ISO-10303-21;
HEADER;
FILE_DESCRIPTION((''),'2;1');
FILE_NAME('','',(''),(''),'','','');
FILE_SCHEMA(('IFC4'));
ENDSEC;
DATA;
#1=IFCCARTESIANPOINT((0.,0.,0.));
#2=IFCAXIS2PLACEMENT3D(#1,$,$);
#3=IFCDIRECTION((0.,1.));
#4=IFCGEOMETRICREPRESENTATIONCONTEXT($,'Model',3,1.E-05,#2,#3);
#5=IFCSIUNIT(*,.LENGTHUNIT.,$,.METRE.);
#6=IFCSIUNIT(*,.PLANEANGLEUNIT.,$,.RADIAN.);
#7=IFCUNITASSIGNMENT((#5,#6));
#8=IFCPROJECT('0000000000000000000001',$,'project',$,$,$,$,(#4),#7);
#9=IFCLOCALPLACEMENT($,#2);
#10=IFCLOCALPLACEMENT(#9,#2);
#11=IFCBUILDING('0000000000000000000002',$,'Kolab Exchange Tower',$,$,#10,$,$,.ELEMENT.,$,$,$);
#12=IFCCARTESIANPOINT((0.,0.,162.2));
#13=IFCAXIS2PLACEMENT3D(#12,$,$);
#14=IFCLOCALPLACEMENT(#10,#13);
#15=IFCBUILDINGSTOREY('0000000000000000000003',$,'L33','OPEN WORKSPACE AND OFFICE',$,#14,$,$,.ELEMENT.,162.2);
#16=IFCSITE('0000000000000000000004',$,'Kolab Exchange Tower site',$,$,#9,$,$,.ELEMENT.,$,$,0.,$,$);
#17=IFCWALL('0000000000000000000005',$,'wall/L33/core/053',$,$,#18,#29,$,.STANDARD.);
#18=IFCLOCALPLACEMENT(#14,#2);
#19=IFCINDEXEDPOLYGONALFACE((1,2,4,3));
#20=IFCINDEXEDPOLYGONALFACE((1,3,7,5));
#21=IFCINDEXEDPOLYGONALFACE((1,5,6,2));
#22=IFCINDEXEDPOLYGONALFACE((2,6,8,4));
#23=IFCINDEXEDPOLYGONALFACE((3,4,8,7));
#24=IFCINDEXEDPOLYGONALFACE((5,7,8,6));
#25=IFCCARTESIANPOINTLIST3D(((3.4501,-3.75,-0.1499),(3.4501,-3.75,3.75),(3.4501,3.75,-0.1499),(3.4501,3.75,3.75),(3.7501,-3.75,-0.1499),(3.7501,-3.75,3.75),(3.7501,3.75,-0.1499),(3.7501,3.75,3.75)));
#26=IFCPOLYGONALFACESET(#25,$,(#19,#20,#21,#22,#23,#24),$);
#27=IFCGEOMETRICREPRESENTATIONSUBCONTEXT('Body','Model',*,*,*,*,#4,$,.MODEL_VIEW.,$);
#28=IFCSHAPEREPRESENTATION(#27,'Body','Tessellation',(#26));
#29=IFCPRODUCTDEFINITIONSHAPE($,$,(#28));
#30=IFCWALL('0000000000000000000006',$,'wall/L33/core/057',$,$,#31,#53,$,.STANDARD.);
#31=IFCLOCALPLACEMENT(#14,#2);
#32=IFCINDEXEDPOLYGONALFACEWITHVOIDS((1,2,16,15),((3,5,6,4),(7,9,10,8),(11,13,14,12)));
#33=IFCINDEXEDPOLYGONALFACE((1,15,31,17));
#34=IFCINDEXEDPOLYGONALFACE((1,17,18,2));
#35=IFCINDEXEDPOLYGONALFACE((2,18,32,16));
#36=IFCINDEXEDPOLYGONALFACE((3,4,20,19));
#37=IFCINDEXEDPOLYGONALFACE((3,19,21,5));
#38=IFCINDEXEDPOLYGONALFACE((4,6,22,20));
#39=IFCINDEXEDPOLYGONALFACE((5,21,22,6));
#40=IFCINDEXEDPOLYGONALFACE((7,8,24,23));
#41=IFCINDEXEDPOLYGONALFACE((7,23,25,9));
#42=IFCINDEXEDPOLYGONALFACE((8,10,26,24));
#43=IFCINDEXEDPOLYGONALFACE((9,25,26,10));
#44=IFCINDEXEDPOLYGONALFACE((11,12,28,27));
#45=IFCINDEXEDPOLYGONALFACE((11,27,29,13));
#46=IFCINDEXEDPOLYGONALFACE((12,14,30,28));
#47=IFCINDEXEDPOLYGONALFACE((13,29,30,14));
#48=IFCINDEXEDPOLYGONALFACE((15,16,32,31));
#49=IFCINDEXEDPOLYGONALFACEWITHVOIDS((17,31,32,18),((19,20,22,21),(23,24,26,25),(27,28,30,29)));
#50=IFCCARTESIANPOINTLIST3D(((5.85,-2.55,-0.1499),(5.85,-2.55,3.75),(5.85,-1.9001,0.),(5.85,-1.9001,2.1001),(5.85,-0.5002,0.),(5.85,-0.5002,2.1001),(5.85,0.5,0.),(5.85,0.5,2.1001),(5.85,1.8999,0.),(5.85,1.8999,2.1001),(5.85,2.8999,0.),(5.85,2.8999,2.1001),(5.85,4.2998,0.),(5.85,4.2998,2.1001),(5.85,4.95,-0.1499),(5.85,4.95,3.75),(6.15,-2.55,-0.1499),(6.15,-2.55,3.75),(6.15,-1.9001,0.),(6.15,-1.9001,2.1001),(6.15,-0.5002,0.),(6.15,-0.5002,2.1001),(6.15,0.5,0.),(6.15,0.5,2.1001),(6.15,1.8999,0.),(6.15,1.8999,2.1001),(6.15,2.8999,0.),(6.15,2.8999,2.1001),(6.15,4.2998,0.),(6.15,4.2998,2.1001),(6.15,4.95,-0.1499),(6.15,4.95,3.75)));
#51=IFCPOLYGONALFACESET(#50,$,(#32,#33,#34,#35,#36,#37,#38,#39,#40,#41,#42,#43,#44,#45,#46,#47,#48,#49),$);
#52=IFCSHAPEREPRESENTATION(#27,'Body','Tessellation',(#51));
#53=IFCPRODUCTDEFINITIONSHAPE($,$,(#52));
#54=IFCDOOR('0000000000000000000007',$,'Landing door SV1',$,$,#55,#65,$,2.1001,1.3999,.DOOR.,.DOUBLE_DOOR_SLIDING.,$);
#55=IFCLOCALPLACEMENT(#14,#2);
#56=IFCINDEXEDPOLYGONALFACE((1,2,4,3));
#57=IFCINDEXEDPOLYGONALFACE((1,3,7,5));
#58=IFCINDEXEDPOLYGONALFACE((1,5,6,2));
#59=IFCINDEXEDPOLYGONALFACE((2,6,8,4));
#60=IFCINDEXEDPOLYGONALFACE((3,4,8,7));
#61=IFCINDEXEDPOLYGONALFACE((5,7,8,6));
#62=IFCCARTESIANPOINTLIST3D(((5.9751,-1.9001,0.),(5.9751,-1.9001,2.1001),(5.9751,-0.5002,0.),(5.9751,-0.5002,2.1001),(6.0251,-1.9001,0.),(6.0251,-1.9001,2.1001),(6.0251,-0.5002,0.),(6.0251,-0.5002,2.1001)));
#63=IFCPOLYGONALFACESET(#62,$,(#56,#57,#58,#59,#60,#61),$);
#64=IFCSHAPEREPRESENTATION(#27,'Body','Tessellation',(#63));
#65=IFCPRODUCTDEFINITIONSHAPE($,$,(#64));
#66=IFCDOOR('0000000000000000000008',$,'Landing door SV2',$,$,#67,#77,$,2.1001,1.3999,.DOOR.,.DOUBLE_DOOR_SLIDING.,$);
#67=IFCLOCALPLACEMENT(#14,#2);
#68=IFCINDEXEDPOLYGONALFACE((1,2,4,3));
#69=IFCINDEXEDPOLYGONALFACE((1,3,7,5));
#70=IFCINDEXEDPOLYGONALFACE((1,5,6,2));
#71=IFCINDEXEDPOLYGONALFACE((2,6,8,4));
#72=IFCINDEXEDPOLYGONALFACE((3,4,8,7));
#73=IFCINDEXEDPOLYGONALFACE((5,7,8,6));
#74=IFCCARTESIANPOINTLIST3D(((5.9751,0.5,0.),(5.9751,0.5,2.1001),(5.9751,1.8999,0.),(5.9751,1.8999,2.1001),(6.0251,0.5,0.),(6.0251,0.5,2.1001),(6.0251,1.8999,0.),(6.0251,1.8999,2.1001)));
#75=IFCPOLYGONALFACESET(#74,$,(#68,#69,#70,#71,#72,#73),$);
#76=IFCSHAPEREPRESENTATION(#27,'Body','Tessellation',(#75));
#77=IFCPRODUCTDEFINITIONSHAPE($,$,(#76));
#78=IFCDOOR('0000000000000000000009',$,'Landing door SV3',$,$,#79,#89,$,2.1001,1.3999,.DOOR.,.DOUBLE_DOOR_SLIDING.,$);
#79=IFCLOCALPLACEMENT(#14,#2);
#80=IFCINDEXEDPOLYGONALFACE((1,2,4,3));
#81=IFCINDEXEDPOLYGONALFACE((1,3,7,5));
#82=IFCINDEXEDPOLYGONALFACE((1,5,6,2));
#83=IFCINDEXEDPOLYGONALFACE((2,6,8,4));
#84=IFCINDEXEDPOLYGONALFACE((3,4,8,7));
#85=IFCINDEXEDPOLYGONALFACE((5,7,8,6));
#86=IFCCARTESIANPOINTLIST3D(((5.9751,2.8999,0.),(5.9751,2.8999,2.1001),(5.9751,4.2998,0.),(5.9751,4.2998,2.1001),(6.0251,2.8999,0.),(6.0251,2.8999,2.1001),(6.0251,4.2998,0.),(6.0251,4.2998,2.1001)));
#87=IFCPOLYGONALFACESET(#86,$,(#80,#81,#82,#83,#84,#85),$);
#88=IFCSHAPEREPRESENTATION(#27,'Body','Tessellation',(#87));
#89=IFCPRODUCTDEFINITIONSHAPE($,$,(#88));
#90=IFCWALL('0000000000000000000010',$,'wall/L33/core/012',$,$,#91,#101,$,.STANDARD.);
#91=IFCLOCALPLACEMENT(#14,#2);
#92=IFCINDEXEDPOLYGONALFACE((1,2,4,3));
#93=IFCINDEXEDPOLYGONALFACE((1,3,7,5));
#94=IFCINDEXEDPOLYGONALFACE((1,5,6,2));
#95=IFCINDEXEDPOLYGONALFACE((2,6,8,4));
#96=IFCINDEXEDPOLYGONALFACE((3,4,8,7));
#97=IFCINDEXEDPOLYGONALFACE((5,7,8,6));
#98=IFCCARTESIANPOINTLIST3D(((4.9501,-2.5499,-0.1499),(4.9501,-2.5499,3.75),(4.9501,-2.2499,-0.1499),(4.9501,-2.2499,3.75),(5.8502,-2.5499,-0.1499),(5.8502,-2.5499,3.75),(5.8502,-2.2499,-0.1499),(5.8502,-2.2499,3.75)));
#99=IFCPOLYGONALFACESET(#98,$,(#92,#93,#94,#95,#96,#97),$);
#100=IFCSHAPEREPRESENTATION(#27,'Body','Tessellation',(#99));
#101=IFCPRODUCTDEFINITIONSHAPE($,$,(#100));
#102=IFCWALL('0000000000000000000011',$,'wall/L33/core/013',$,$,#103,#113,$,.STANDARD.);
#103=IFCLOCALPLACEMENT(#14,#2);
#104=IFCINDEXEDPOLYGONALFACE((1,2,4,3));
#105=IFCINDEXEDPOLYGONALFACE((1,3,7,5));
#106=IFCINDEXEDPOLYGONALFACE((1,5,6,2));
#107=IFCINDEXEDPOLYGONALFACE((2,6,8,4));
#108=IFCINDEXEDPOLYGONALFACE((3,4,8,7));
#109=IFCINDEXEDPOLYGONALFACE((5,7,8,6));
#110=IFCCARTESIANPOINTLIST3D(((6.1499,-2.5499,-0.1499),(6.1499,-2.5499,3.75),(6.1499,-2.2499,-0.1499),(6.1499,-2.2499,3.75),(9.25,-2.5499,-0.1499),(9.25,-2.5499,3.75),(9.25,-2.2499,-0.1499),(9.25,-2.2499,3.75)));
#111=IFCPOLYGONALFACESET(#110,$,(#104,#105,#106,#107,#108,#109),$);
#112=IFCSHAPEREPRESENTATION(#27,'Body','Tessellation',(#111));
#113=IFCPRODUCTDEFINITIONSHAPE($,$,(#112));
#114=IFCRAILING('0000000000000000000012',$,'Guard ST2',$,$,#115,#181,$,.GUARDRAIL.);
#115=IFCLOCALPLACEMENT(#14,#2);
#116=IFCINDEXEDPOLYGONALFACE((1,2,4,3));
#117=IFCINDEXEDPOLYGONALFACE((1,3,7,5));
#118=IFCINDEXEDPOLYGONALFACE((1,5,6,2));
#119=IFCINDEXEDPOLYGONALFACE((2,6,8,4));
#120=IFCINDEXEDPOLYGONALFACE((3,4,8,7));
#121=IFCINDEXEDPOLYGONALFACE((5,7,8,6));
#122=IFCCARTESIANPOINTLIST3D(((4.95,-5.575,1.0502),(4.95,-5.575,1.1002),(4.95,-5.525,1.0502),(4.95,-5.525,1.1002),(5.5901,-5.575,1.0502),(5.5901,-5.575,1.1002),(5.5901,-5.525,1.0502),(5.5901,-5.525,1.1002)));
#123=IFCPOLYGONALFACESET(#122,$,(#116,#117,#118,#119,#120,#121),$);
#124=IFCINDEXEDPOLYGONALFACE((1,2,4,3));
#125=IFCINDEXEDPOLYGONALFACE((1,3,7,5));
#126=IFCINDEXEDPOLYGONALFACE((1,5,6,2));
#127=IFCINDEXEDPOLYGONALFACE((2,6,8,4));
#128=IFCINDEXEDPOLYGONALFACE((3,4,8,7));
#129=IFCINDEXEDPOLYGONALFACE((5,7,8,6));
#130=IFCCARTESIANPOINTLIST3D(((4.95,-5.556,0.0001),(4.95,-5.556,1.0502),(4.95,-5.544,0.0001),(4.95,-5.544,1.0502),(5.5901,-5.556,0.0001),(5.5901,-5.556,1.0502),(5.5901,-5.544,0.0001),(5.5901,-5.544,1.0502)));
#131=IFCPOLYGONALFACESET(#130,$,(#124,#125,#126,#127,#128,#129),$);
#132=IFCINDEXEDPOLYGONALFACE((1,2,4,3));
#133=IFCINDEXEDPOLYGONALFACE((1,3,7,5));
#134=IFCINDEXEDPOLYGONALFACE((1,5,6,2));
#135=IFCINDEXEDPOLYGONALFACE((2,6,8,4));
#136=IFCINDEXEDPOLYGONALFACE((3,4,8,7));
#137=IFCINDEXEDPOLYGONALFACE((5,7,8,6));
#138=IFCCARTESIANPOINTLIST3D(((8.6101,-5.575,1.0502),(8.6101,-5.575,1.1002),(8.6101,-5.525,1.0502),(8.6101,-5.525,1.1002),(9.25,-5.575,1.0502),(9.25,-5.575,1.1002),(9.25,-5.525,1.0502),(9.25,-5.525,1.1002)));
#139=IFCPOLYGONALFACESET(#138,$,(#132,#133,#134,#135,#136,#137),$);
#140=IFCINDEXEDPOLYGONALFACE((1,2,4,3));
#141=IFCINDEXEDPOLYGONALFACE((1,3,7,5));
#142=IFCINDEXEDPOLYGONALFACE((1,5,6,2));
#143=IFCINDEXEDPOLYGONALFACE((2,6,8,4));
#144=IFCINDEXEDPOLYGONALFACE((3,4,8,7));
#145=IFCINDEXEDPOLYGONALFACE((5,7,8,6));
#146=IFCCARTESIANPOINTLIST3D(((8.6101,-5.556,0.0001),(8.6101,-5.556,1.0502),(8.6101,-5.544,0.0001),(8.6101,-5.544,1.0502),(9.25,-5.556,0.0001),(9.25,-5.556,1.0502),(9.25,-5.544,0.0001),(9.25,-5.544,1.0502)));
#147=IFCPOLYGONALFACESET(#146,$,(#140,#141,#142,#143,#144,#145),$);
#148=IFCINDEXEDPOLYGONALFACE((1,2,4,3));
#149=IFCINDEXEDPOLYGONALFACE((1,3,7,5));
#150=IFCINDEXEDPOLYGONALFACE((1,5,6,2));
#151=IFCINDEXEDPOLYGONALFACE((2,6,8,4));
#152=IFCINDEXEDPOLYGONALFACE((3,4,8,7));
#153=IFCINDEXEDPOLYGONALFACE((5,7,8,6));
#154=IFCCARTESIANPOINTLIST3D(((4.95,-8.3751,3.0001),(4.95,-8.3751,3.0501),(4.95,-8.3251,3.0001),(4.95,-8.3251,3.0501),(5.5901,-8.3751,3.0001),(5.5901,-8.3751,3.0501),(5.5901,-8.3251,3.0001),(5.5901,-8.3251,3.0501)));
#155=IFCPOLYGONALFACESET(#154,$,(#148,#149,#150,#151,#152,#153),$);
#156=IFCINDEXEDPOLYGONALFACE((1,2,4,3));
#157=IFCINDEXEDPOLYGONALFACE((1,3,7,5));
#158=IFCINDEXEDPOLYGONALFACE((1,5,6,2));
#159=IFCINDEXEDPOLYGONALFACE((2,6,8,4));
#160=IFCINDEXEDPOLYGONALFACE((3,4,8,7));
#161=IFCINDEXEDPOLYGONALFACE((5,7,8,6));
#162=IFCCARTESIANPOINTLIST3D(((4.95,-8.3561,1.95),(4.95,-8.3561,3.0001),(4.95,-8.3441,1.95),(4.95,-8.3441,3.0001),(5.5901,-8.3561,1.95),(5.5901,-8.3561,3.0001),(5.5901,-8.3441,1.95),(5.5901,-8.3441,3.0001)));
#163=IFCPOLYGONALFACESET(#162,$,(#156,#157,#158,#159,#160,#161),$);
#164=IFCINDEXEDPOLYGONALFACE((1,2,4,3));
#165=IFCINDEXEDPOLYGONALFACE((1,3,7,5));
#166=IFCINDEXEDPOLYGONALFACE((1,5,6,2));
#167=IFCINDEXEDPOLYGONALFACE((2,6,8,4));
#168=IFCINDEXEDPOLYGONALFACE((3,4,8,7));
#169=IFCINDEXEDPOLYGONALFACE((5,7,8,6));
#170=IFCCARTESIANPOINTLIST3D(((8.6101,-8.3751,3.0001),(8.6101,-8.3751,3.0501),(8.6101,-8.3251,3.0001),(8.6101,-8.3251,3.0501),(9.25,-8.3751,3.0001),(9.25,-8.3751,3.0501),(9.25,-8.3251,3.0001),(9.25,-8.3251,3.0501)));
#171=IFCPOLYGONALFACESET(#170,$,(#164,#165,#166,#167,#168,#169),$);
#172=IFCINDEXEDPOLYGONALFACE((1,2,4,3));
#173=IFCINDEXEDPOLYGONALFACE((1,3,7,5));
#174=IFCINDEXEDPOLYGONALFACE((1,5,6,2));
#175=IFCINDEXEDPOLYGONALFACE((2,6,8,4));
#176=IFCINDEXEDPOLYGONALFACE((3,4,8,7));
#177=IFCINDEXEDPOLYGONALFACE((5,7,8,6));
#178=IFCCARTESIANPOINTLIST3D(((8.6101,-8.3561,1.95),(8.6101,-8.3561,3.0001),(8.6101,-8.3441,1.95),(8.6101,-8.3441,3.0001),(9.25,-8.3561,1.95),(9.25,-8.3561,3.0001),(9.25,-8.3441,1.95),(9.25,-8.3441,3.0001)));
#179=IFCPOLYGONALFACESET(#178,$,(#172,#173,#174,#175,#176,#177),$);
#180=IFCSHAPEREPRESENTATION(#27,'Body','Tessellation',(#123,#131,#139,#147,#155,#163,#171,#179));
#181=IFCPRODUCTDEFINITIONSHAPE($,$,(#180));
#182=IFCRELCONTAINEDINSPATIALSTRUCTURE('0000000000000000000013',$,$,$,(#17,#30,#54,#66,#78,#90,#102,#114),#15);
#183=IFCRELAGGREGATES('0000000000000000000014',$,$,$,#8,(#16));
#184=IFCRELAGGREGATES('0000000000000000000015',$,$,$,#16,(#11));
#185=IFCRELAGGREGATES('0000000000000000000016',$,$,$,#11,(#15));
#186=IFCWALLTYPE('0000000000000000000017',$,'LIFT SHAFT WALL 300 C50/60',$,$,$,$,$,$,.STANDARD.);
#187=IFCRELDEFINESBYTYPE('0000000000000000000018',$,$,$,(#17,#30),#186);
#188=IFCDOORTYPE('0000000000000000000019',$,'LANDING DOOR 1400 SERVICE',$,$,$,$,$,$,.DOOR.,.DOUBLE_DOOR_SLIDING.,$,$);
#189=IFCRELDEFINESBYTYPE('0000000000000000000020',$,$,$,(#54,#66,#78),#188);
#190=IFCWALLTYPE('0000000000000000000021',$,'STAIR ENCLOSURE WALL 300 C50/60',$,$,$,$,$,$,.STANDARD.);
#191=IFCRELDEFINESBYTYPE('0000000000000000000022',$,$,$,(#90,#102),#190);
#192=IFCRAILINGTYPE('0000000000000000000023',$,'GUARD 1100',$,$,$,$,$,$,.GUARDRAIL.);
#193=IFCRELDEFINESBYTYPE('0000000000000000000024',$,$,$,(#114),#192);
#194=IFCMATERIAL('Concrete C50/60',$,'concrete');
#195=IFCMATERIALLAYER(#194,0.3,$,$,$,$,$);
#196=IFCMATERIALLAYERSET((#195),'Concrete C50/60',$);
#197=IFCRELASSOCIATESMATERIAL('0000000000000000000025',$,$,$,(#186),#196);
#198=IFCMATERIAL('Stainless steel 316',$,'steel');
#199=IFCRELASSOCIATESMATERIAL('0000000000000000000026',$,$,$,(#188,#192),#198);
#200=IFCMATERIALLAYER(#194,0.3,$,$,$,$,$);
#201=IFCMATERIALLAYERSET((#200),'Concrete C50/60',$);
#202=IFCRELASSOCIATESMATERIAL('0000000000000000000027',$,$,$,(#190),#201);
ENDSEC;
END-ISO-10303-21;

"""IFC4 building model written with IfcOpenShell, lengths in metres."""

from ifc_helpers import new_model, si_unit, direction, frame, frame_2d, origin, origin_2d, place, context, subcontext, project, spatial, rectangle, extrude, material, layer, layer_set, type_object, element, fill, save


model = new_model("IFC4")

# Units and contexts
model_context = context("Model", 3, precision=1e-05, world=origin(), true_north=direction((0.0, 1.0)))
body_context = subcontext(model_context, "Body", "Model", "MODEL_VIEW")
ifc_project = project(units=[si_unit("LENGTHUNIT", "METRE"), si_unit("PLANEANGLEUNIT", "RADIAN")], contexts=[model_context])

# Site, building, storey
site_placement = place(None, origin())
site = spatial("IfcSite", under=ifc_project, at=site_placement, Name="Kolab Exchange Tower site", CompositionType="ELEMENT", RefElevation=0.0)
building_placement = place(site_placement, origin())
building = spatial("IfcBuilding", under=site, at=building_placement, Name="Kolab Exchange Tower", CompositionType="ELEMENT")
storey_placement = place(building_placement, frame((0.0, 0.0, 162.2)))
storey = spatial("IfcBuildingStorey", under=building, at=storey_placement, Name="L33", Description="OPEN WORKSPACE AND OFFICE", CompositionType="ELEMENT", Elevation=162.2)

# Shared definitions
ifc_material_1 = material(Name="Concrete C50/60", Category="concrete")

# Shared definitions
ifc_layer_1 = layer(ifc_material_1, 0.3)
ifc_layer_set_1 = layer_set([ifc_layer_1], Name="Concrete C50/60")
wall_type_1 = type_object("IfcWallType", Name="LIFT SHAFT WALL 300 C50/60", PredefinedType="STANDARD", material=ifc_layer_set_1)
ifc_material_2 = material(Name="Stainless steel 316", Category="steel")

# Wall
for number, where, z_axis, x_axis, name in (
    (1, (3.6001, -3.75, -0.1499), (0.0, 0.0, 1.0), (0.0, 1.0, 0.0), "wall/L33/core/053"),
):
    element("IfcWall", number, at=place(storey_placement, frame(where, z_axis=z_axis, x_axis=x_axis)), inside=storey, type_object=wall_type_1, Name=name, PredefinedType="STANDARD", context=body_context, shape_type="SweptSolid", body=[
        extrude(rectangle(XDim=7.5, YDim=0.3, at=frame_2d((3.75, 0.0))), origin(), (0.0, 0.0, 1.0), 3.8999),
    ])

# Wall, openings, doors
wall_1_placement = place(storey_placement, frame((6.0, -2.55, -0.1499), z_axis=(0.0, 0.0, 1.0), x_axis=(0.0, 1.0, 0.0)))
wall_1 = element("IfcWall", 2, at=wall_1_placement, inside=storey, type_object=wall_type_1, Name="wall/L33/core/057", PredefinedType="STANDARD", context=body_context, shape_type="SweptSolid", body=[
    extrude(rectangle(XDim=7.5, YDim=0.3, at=frame_2d((3.75, 0.0))), origin(), (0.0, 0.0, 1.0), 3.8999),
])
opening_1_placement = place(wall_1_placement, frame((0.6499, 0.0, 0.1499)))
opening_1 = element("IfcOpeningElement", 3, at=opening_1_placement, cuts=wall_1, PredefinedType="OPENING", context=body_context, shape_type="SweptSolid", body=[
    extrude(rectangle(XDim=1.3999, YDim=2.1001, at=frame_2d((0.7, 1.05))), frame((0.0, 0.1602, 0.0), z_axis=(0.0, -1.0, 0.0), x_axis=(1.0, 0.0, 0.0)), (0.0, 0.0, 1.0), 0.3201),
])
opening_2_placement = place(wall_1_placement, frame((3.05, 0.0, 0.1499)))
opening_2 = element("IfcOpeningElement", 4, at=opening_2_placement, cuts=wall_1, PredefinedType="OPENING", context=body_context, shape_type="SweptSolid", body=[
    extrude(rectangle(XDim=1.3999, YDim=2.1001, at=frame_2d((0.7, 1.05))), frame((0.0, 0.1602, 0.0), z_axis=(0.0, -1.0, 0.0), x_axis=(1.0, 0.0, 0.0)), (0.0, 0.0, 1.0), 0.3201),
])
opening_3_placement = place(wall_1_placement, frame((5.45, 0.0, 0.1499)))
opening_3 = element("IfcOpeningElement", 5, at=opening_3_placement, cuts=wall_1, PredefinedType="OPENING", context=body_context, shape_type="SweptSolid", body=[
    extrude(rectangle(XDim=1.3999, YDim=2.1001, at=frame_2d((0.7, 1.05))), frame((0.0, 0.1602, 0.0), z_axis=(0.0, -1.0, 0.0), x_axis=(1.0, 0.0, 0.0)), (0.0, 0.0, 1.0), 0.3201),
])
door_type_1 = type_object("IfcDoorType", Name="LANDING DOOR 1400 SERVICE", OperationType="DOUBLE_DOOR_SLIDING", PredefinedType="DOOR", material=ifc_material_2)
door_1_placement = place(opening_1_placement, origin())
door_1 = element("IfcDoor", 6, at=door_1_placement, inside=storey, type_object=door_type_1, Name="Landing door SV1", OperationType="DOUBLE_DOOR_SLIDING", OverallHeight=2.1001, OverallWidth=1.3999, PredefinedType="DOOR", context=body_context, shape_type="SweptSolid", body=[
    extrude(rectangle(XDim=1.3999, YDim=2.1001, at=frame_2d((0.7, 1.05))), frame((0.0, 0.0249, 0.0), z_axis=(0.0, -1.0, 0.0), x_axis=(1.0, 0.0, 0.0)), (0.0, 0.0, 1.0), 0.05),
])
fill(opening_1, door_1)
door_2_placement = place(opening_2_placement, origin())
door_2 = element("IfcDoor", 7, at=door_2_placement, inside=storey, type_object=door_type_1, Name="Landing door SV2", OperationType="DOUBLE_DOOR_SLIDING", OverallHeight=2.1001, OverallWidth=1.3999, PredefinedType="DOOR", context=body_context, shape_type="SweptSolid", body=[
    extrude(rectangle(XDim=1.3999, YDim=2.1001, at=frame_2d((0.7, 1.05))), frame((0.0, 0.0249, 0.0), z_axis=(0.0, -1.0, 0.0), x_axis=(1.0, 0.0, 0.0)), (0.0, 0.0, 1.0), 0.05),
])
fill(opening_2, door_2)
door_3_placement = place(opening_3_placement, origin())
door_3 = element("IfcDoor", 8, at=door_3_placement, inside=storey, type_object=door_type_1, Name="Landing door SV3", OperationType="DOUBLE_DOOR_SLIDING", OverallHeight=2.1001, OverallWidth=1.3999, PredefinedType="DOOR", context=body_context, shape_type="SweptSolid", body=[
    extrude(rectangle(XDim=1.3999, YDim=2.1001, at=frame_2d((0.7, 1.05))), frame((0.0, 0.0249, 0.0), z_axis=(0.0, -1.0, 0.0), x_axis=(1.0, 0.0, 0.0)), (0.0, 0.0, 1.0), 0.05),
])
fill(opening_3, door_3)

# Walls
ifc_layer_2 = layer(ifc_material_1, 0.3)
ifc_layer_set_2 = layer_set([ifc_layer_2], Name="Concrete C50/60")
wall_type_2 = type_object("IfcWallType", Name="STAIR ENCLOSURE WALL 300 C50/60", PredefinedType="STANDARD", material=ifc_layer_set_2)
wall_2_placement = place(storey_placement, frame((4.95, -2.3999, -0.1499), z_axis=(0.0, 0.0, 1.0), x_axis=(1.0, 0.0, 0.0)))
element("IfcWall", 9, at=wall_2_placement, inside=storey, type_object=wall_type_2, Name="wall/L33/core/012", PredefinedType="STANDARD", context=body_context, shape_type="SweptSolid", body=[
    extrude(rectangle(XDim=0.9001, YDim=0.3, at=frame_2d((0.4502, 0.0))), origin(), (0.0, 0.0, 1.0), 3.8999),
])
wall_3_placement = place(storey_placement, frame((6.1499, -2.3999, -0.1499), z_axis=(0.0, 0.0, 1.0), x_axis=(1.0, 0.0, 0.0)))
element("IfcWall", 10, at=wall_3_placement, inside=storey, type_object=wall_type_2, Name="wall/L33/core/013", PredefinedType="STANDARD", context=body_context, shape_type="SweptSolid", body=[
    extrude(rectangle(XDim=3.1001, YDim=0.3, at=frame_2d((1.55, 0.0))), origin(), (0.0, 0.0, 1.0), 3.8999),
])

# Railing
railing_type = type_object("IfcRailingType", Name="GUARD 1100", PredefinedType="GUARDRAIL", material=ifc_material_2)
railing_1_placement = place(storey_placement, frame((4.95, -5.55, 0.0)))
element("IfcRailing", 11, at=railing_1_placement, inside=storey, type_object=railing_type, Name="Guard ST2", PredefinedType="GUARDRAIL", context=body_context, shape_type="SweptSolid", body=[
    extrude(rectangle(XDim=0.05, YDim=0.05, at=origin_2d()), frame((0.0, 0.0, 1.0752), z_axis=(1.0, 0.0, 0.0), x_axis=(0.0, 1.0, 0.0)), (0.0, 0.0, 1.0), 0.6401),
    extrude(rectangle(XDim=0.012, YDim=1.0501, at=frame_2d((0.0, 0.5251))), frame((0.0, 0.0, 0.0), z_axis=(1.0, 0.0, 0.0), x_axis=(0.0, 1.0, 0.0)), (0.0, 0.0, 1.0), 0.6401),
    extrude(rectangle(XDim=0.05, YDim=0.05, at=origin_2d()), frame((3.6602, 0.0, 1.0752), z_axis=(1.0, 0.0, 0.0), x_axis=(0.0, 1.0, 0.0)), (0.0, 0.0, 1.0), 0.6399),
    extrude(rectangle(XDim=0.012, YDim=1.0501, at=frame_2d((0.0, 0.5251))), frame((3.6602, 0.0, 0.0), z_axis=(1.0, 0.0, 0.0), x_axis=(0.0, 1.0, 0.0)), (0.0, 0.0, 1.0), 0.6399),
    extrude(rectangle(XDim=0.05, YDim=0.05, at=origin_2d()), frame((0.0, -2.8, 3.0251), z_axis=(1.0, 0.0, 0.0), x_axis=(0.0, 1.0, 0.0)), (0.0, 0.0, 1.0), 0.6401),
    extrude(rectangle(XDim=0.012, YDim=1.0501, at=frame_2d((0.0, 0.5251))), frame((0.0, -2.8, 1.95), z_axis=(1.0, 0.0, 0.0), x_axis=(0.0, 1.0, 0.0)), (0.0, 0.0, 1.0), 0.6401),
    extrude(rectangle(XDim=0.05, YDim=0.05, at=origin_2d()), frame((3.6602, -2.8, 3.0251), z_axis=(1.0, 0.0, 0.0), x_axis=(0.0, 1.0, 0.0)), (0.0, 0.0, 1.0), 0.6399),
    extrude(rectangle(XDim=0.012, YDim=1.0501, at=frame_2d((0.0, 0.5251))), frame((3.6602, -2.8, 1.95), z_axis=(1.0, 0.0, 0.0), x_axis=(0.0, 1.0, 0.0)), (0.0, 0.0, 1.0), 0.6399),
])

save(model, "model.ifc")
